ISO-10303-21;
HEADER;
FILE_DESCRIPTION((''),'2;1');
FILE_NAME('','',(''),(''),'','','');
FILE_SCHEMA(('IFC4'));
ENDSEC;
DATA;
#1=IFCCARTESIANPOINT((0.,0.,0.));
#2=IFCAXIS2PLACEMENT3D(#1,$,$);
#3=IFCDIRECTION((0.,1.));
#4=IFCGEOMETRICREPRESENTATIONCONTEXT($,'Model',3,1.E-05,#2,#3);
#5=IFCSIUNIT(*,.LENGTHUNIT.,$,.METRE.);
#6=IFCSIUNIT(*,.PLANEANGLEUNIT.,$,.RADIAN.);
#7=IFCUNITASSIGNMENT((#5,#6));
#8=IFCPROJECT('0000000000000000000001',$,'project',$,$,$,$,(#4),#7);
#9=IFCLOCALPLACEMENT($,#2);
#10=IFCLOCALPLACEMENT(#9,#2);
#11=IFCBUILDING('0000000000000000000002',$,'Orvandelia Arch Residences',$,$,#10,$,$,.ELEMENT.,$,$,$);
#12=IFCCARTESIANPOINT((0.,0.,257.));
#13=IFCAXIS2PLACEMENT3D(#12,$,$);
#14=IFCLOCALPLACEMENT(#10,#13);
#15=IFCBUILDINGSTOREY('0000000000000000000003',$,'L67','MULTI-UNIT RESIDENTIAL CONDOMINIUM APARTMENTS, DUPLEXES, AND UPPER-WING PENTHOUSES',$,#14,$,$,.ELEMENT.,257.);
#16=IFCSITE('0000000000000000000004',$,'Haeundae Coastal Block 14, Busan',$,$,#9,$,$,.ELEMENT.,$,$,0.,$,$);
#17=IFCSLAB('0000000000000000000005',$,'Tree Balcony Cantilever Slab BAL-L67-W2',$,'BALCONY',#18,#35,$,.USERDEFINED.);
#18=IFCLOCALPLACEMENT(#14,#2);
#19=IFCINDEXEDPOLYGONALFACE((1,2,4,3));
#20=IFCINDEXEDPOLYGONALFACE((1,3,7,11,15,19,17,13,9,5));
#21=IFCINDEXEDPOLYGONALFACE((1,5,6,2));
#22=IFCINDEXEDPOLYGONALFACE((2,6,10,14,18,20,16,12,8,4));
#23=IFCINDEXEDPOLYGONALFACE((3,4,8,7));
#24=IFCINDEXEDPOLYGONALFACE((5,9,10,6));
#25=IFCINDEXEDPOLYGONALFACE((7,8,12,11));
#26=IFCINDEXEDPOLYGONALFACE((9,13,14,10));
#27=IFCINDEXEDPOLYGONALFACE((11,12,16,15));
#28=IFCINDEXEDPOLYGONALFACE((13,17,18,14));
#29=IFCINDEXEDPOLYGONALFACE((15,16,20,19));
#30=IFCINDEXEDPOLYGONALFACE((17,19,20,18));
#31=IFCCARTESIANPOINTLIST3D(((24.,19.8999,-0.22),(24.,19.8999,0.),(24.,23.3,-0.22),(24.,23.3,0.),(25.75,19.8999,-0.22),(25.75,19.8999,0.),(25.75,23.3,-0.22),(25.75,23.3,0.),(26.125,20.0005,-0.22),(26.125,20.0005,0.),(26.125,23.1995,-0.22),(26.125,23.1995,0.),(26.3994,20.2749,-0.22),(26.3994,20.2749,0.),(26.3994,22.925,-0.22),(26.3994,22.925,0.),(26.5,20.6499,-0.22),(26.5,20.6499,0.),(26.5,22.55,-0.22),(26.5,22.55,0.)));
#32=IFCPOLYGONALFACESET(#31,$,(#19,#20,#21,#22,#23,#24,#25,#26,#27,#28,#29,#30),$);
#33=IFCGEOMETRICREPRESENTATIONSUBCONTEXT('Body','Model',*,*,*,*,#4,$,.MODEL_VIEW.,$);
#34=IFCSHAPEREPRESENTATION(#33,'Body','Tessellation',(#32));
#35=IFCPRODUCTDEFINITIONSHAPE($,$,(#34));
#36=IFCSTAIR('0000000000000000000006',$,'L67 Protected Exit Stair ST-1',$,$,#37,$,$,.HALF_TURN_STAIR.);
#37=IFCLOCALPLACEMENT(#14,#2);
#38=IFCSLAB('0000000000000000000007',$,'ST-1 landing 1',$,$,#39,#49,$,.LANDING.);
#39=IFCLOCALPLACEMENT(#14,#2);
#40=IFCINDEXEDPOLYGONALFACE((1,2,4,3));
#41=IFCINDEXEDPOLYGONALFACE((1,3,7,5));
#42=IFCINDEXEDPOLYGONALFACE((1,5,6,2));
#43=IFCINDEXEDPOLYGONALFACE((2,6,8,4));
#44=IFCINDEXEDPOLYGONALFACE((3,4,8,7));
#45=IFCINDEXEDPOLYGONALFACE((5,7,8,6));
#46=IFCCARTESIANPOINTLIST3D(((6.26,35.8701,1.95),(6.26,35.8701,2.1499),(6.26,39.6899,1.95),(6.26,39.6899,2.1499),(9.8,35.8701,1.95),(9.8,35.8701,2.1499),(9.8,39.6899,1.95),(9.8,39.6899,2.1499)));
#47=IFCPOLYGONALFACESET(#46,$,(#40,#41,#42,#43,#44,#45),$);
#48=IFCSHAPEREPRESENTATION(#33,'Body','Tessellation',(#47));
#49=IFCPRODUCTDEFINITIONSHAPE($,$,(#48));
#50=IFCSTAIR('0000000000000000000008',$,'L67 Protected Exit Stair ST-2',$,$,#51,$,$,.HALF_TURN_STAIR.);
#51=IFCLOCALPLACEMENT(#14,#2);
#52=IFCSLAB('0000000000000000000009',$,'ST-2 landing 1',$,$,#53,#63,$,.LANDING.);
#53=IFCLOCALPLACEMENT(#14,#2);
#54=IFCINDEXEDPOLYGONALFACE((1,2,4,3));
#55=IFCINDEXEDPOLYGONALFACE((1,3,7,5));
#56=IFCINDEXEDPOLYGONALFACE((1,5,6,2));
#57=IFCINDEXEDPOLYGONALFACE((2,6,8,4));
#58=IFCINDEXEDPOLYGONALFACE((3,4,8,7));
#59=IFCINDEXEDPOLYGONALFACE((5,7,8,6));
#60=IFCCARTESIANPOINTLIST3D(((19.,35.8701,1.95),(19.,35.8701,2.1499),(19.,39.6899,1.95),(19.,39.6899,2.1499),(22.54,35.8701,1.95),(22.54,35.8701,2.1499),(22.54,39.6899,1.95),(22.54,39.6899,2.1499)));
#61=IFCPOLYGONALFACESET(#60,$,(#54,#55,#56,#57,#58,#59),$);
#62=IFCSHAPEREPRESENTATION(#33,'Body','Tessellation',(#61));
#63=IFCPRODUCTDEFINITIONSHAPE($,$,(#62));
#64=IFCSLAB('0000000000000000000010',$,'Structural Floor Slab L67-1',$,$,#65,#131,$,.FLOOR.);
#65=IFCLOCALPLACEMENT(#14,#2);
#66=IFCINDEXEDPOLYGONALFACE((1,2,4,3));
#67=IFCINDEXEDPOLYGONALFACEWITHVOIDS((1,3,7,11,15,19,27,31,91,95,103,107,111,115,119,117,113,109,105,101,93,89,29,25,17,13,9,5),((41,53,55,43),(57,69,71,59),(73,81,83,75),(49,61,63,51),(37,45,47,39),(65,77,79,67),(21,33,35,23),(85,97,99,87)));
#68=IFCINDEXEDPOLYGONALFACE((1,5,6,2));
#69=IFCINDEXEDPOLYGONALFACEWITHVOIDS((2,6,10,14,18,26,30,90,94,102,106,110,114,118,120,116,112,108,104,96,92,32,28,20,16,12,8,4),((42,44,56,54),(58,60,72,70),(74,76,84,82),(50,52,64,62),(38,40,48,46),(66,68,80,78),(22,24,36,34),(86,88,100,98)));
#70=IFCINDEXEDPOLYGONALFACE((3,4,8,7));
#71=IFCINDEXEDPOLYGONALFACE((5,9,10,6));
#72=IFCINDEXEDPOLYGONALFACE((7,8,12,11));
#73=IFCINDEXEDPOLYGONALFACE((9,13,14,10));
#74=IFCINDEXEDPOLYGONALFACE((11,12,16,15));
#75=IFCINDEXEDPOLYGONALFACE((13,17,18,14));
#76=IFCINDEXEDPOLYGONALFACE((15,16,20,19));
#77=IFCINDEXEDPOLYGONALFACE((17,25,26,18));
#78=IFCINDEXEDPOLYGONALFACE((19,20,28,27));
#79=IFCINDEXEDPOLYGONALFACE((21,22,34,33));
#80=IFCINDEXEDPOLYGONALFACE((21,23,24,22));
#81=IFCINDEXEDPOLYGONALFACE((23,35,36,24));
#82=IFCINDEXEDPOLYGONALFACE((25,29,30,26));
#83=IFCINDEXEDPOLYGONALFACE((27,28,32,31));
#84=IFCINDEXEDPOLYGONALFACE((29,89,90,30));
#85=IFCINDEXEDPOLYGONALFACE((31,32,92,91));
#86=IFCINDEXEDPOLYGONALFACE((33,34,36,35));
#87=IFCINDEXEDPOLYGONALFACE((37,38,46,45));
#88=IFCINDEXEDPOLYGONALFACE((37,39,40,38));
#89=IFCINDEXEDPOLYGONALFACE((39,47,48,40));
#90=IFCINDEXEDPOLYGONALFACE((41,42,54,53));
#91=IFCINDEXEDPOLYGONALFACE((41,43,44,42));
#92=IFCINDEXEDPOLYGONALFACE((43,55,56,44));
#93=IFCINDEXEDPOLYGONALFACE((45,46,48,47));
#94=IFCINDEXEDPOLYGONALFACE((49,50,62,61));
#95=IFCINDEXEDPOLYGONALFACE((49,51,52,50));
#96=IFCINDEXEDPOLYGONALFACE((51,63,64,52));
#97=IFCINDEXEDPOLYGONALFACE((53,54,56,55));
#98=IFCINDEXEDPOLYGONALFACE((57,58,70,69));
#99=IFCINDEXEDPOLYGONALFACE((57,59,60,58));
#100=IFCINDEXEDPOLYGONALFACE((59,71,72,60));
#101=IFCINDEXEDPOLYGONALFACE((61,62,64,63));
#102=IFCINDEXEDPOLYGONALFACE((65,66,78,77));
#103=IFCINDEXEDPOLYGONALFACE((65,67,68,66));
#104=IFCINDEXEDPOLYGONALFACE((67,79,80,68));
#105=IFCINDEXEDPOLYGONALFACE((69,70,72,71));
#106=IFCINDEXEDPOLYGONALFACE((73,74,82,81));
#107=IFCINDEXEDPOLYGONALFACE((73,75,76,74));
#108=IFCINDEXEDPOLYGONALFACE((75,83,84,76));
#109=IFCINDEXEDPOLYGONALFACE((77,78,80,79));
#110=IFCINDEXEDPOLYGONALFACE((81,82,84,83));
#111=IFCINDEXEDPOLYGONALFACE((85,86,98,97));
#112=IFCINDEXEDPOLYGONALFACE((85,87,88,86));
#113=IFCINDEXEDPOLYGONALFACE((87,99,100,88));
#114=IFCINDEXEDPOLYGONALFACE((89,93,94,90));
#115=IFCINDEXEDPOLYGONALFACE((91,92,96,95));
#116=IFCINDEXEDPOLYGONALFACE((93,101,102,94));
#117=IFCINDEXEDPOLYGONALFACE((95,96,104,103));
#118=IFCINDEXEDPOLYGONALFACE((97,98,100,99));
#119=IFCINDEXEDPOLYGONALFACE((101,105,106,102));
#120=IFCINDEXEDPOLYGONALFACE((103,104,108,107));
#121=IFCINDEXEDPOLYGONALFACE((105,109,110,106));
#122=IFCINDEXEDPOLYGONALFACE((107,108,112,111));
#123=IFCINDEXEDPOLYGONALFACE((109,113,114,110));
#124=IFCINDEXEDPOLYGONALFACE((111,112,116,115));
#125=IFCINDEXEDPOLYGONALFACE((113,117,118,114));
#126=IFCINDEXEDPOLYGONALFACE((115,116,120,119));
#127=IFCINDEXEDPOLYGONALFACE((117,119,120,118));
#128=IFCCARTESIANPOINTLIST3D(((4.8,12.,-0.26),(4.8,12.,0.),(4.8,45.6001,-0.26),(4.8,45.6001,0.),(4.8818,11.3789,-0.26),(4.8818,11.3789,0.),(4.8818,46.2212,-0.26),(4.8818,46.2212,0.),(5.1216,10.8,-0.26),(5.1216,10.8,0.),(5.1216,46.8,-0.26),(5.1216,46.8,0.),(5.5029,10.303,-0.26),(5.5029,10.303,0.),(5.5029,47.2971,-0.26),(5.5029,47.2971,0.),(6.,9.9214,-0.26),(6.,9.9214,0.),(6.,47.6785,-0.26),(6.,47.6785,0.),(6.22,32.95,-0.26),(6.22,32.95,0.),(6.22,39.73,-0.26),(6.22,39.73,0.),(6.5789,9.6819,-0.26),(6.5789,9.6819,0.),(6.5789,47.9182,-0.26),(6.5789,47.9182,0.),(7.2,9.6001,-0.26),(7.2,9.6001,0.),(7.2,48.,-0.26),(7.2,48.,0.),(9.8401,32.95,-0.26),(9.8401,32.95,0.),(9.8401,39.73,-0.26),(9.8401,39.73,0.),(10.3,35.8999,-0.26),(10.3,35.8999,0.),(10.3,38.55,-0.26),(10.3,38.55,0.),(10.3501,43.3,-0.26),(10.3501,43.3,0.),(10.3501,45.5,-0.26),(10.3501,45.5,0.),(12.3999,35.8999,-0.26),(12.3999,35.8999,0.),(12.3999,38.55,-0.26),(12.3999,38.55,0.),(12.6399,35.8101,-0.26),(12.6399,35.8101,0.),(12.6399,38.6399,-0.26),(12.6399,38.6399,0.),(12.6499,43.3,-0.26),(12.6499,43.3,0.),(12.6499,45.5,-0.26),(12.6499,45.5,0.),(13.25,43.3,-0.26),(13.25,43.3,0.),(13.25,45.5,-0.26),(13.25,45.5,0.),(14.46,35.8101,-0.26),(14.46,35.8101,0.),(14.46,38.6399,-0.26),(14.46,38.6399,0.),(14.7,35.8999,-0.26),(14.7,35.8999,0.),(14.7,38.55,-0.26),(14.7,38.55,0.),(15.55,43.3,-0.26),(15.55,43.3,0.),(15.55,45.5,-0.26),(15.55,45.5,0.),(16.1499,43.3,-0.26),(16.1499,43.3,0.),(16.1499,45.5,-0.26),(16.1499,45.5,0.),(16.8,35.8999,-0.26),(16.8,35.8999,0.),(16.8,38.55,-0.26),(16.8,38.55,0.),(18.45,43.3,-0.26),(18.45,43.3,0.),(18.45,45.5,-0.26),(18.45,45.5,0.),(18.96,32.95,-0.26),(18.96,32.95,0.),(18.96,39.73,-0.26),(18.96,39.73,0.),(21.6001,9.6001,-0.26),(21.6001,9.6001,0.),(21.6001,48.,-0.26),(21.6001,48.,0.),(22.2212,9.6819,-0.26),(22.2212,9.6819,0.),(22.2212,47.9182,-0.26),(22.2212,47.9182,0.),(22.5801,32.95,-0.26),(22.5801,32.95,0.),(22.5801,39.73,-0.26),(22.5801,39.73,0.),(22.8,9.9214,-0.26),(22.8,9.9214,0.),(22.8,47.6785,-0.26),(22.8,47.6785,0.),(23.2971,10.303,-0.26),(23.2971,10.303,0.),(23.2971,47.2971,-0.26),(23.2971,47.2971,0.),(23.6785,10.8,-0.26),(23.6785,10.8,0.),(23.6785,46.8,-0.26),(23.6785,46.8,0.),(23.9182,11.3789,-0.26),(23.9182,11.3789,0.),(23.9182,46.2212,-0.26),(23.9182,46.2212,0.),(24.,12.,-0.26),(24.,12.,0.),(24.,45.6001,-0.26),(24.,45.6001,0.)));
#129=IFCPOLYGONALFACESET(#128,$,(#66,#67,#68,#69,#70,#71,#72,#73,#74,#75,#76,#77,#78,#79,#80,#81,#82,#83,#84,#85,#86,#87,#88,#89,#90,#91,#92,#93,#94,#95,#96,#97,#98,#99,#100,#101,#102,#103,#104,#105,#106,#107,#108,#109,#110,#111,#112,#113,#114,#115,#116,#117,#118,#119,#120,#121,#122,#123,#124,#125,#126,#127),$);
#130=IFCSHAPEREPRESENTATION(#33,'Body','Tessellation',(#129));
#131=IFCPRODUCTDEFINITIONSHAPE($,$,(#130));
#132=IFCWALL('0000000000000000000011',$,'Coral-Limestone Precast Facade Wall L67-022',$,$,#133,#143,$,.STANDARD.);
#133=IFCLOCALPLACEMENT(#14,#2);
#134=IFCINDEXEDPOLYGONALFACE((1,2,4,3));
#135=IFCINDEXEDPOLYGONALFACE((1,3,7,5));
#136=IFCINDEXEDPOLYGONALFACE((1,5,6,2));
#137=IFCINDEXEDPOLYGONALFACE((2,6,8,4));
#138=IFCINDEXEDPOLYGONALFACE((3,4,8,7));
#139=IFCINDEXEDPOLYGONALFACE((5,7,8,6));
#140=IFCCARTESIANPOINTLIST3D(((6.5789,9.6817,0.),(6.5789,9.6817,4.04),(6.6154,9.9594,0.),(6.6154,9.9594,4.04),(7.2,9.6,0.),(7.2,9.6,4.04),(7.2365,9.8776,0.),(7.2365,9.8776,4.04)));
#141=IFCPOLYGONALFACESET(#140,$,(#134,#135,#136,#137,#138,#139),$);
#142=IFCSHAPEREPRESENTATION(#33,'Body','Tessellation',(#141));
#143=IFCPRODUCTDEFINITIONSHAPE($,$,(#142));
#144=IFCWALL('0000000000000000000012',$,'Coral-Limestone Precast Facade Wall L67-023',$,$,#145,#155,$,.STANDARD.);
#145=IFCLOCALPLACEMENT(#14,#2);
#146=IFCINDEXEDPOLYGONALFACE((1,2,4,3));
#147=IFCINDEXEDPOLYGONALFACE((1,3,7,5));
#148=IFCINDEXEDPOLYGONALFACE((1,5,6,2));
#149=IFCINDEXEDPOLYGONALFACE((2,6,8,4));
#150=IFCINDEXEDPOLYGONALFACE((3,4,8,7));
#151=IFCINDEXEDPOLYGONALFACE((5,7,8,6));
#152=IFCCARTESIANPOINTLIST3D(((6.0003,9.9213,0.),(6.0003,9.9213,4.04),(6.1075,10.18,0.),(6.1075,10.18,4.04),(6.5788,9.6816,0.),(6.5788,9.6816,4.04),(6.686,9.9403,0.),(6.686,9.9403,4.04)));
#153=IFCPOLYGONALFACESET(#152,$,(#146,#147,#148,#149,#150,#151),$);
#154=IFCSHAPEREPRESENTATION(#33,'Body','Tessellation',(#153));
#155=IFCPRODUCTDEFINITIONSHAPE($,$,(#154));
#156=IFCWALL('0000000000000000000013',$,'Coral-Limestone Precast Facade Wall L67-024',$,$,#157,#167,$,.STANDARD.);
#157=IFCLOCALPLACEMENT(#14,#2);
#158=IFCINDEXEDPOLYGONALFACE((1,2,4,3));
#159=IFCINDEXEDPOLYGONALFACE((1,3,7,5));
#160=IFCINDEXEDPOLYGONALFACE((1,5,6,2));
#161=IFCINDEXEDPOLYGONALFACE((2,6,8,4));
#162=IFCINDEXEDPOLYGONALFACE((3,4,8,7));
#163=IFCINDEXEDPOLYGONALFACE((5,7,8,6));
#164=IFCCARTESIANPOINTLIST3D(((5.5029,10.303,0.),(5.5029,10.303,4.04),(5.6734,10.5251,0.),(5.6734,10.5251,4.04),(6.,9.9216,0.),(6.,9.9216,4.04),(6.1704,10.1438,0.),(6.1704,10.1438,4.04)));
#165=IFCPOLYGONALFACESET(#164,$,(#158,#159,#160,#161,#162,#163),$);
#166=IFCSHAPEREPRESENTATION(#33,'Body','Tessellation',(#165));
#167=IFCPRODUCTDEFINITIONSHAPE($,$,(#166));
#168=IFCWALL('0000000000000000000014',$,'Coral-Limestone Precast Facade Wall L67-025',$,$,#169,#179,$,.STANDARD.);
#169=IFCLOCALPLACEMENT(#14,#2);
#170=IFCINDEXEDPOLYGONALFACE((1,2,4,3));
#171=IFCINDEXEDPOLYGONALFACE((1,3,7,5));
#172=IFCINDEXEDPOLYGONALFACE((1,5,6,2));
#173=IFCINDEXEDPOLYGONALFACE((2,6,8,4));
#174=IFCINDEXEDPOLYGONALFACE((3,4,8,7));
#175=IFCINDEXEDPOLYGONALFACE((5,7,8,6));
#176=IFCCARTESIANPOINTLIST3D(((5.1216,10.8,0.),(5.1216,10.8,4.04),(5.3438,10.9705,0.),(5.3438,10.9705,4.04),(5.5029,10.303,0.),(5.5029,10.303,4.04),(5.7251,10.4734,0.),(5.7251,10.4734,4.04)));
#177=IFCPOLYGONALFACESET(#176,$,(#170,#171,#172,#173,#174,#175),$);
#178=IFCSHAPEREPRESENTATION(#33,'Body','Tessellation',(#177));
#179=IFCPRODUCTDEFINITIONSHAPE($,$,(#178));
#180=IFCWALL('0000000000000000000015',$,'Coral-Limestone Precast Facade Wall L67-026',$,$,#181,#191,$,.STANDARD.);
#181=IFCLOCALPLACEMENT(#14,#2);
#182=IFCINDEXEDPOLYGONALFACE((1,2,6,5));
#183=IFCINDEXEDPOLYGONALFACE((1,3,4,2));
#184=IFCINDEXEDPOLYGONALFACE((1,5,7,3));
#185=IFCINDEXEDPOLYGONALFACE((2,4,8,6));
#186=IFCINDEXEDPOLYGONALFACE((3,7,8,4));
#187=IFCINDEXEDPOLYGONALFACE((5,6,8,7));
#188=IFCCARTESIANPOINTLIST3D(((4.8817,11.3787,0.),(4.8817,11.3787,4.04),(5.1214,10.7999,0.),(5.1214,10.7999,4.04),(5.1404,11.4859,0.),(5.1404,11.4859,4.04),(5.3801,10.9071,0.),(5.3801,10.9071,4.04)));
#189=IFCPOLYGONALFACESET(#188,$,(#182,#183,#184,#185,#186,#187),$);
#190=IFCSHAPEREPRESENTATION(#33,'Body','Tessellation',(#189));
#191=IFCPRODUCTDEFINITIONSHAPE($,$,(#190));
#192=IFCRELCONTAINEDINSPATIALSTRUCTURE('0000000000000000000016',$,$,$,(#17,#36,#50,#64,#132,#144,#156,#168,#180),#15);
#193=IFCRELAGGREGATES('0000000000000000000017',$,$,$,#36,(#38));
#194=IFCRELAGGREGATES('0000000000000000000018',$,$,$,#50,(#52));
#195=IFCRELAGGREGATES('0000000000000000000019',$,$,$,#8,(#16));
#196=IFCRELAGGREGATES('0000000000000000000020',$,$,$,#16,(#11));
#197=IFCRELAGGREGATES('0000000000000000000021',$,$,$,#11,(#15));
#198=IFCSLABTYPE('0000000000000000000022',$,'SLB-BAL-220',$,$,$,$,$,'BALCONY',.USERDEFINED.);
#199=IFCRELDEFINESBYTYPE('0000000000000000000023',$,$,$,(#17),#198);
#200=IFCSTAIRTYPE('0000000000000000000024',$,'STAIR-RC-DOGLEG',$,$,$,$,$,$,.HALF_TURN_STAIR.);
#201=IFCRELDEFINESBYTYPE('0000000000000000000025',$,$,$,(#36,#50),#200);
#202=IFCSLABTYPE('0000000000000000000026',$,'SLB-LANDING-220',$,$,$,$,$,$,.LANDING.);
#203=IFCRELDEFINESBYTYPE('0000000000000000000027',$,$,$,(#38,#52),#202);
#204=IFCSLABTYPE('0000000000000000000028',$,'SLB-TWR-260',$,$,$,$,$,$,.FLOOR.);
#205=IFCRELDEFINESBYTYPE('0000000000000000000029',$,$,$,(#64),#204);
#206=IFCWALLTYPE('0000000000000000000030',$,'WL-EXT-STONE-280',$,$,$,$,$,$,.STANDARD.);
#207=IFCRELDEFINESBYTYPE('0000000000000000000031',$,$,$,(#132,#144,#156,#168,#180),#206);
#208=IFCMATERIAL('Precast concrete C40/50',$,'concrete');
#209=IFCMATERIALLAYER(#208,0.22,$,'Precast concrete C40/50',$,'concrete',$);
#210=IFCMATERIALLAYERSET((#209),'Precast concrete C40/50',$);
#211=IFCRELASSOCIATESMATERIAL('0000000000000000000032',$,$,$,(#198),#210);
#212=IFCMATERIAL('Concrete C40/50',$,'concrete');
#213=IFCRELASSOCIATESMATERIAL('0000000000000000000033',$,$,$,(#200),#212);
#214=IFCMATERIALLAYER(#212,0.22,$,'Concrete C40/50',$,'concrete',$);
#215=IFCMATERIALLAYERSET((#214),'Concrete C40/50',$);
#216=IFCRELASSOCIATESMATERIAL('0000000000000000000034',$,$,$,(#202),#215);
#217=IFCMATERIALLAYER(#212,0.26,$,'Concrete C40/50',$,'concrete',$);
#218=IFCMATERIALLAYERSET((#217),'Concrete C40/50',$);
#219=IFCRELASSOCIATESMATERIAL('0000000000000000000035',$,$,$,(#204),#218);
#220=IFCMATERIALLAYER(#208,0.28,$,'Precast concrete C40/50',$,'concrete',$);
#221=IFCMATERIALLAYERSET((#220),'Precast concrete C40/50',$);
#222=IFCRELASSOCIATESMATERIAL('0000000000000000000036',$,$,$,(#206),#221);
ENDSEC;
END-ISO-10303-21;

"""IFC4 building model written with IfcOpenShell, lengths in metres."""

from ifc_helpers import new_model, si_unit, direction, frame, frame_2d, origin, place, context, subcontext, project, spatial, polyline, rectangle, outline, extrude, material, layer, layer_set, type_object, element, aggregate, save


model = new_model("IFC4")

# Units and contexts
model_context = context("Model", 3, precision=1e-05, world=origin(), true_north=direction((0.0, 1.0)))
body_context = subcontext(model_context, "Body", "Model", "MODEL_VIEW")
ifc_project = project(units=[si_unit("LENGTHUNIT", "METRE"), si_unit("PLANEANGLEUNIT", "RADIAN")], contexts=[model_context])

# Site, building, storey
site_placement = place(None, origin())
site = spatial("IfcSite", under=ifc_project, at=site_placement, Name="Haeundae Coastal Block 14, Busan", CompositionType="ELEMENT", RefElevation=0.0)
building_placement = place(site_placement, origin())
building = spatial("IfcBuilding", under=site, at=building_placement, Name="Orvandelia Arch Residences", CompositionType="ELEMENT")
storey_placement = place(building_placement, frame((0.0, 0.0, 257.0)))
storey = spatial("IfcBuildingStorey", under=building, at=storey_placement, Name="L67", Description="MULTI-UNIT RESIDENTIAL CONDOMINIUM APARTMENTS, DUPLEXES, AND UPPER-WING PENTHOUSES", CompositionType="ELEMENT", Elevation=257.0)

# Slab
ifc_material_1 = material(Name="Precast concrete C40/50", Category="concrete")
ifc_layer_1 = layer(ifc_material_1, 0.22, Name="Precast concrete C40/50", Category="concrete")
ifc_layer_set_1 = layer_set([ifc_layer_1], Name="Precast concrete C40/50")
slab_type_1 = type_object("IfcSlabType", Name="SLB-BAL-220", ElementType="BALCONY", PredefinedType="USERDEFINED", material=ifc_layer_set_1)
slab_1_placement = place(storey_placement, frame((0.0, 0.0, -0.22)))
element("IfcSlab", 1, at=slab_1_placement, inside=storey, type_object=slab_type_1, Name="Tree Balcony Cantilever Slab BAL-L67-W2", ObjectType="BALCONY", PredefinedType="USERDEFINED", context=body_context, shape_type="SweptSolid", body=[
    extrude(outline(polyline([(24.0, 23.3), (24.0, 19.8999), (25.75, 19.8999), (26.125, 20.0005), (26.3994, 20.2749), (26.5, 20.6499), (26.5, 22.55), (26.3994, 22.925), (26.125, 23.1995), (25.75, 23.3), (24.0, 23.3)])), origin(), (0.0, 0.0, 1.0), 0.22),
])

# Stairs, slabs
ifc_material_2 = material(Name="Concrete C40/50", Category="concrete")
stair_type = type_object("IfcStairType", Name="STAIR-RC-DOGLEG", PredefinedType="HALF_TURN_STAIR", material=ifc_material_2)
stair_1_placement = place(storey_placement, origin())
stair_1 = element("IfcStair", 2, at=stair_1_placement, inside=storey, type_object=stair_type, Name="L67 Protected Exit Stair ST-1", PredefinedType="HALF_TURN_STAIR")
ifc_layer_2 = layer(ifc_material_2, 0.22, Name="Concrete C40/50", Category="concrete")
ifc_layer_set_2 = layer_set([ifc_layer_2], Name="Concrete C40/50")
slab_type_2 = type_object("IfcSlabType", Name="SLB-LANDING-220", PredefinedType="LANDING", material=ifc_layer_set_2)
slab_2_placement = place(storey_placement, frame((0.0, 0.0, 1.95)))
slab_2 = element("IfcSlab", 3, at=slab_2_placement, type_object=slab_type_2, Name="ST-1 landing 1", PredefinedType="LANDING", context=body_context, shape_type="SweptSolid", body=[
    extrude(outline(polyline([(9.8, 35.8701), (9.8, 39.6899), (6.26, 39.6899), (6.26, 35.8701), (9.8, 35.8701)])), origin(), (0.0, 0.0, 1.0), 0.2),
])
aggregate(stair_1, [slab_2])
stair_2_placement = place(storey_placement, origin())
stair_2 = element("IfcStair", 4, at=stair_2_placement, inside=storey, type_object=stair_type, Name="L67 Protected Exit Stair ST-2", PredefinedType="HALF_TURN_STAIR")
slab_3_placement = place(storey_placement, frame((0.0, 0.0, 1.95)))
slab_3 = element("IfcSlab", 5, at=slab_3_placement, type_object=slab_type_2, Name="ST-2 landing 1", PredefinedType="LANDING", context=body_context, shape_type="SweptSolid", body=[
    extrude(outline(polyline([(22.54, 35.8701), (22.54, 39.6899), (19.0, 39.6899), (19.0, 35.8701), (22.54, 35.8701)])), origin(), (0.0, 0.0, 1.0), 0.2),
])
aggregate(stair_2, [slab_3])

# Slab
ifc_layer_3 = layer(ifc_material_2, 0.26, Name="Concrete C40/50", Category="concrete")
ifc_layer_set_3 = layer_set([ifc_layer_3], Name="Concrete C40/50")
slab_type_3 = type_object("IfcSlabType", Name="SLB-TWR-260", PredefinedType="FLOOR", material=ifc_layer_set_3)
slab_4_placement = place(storey_placement, frame((0.0, 0.0, -0.26)))
element("IfcSlab", 6, at=slab_4_placement, inside=storey, type_object=slab_type_3, Name="Structural Floor Slab L67-1", PredefinedType="FLOOR", context=body_context, shape_type="SweptSolid", body=[
    extrude(outline(polyline([(4.8, 12.0), (4.8818, 11.3789), (5.1216, 10.8), (5.5029, 10.303), (6.0, 9.9214), (6.5789, 9.6819), (7.2, 9.6001), (21.6001, 9.6001), (22.2212, 9.6819), (22.8, 9.9214), (23.2971, 10.303), (23.6785, 10.8), (23.9182, 11.3789), (24.0, 12.0), (24.0, 45.6001), (23.9182, 46.2212), (23.6785, 46.8), (23.2971, 47.2971), (22.8, 47.6785), (22.2212, 47.9182), (21.6001, 48.0), (7.2, 48.0), (6.5789, 47.9182), (6.0, 47.6785), (5.5029, 47.2971), (5.1216, 46.8), (4.8818, 46.2212), (4.8, 45.6001), (4.8, 12.0)]), holes=[polyline([(6.22, 32.95), (9.8401, 32.95), (9.8401, 39.73), (6.22, 39.73), (6.22, 32.95)]), polyline([(18.96, 32.95), (22.5801, 32.95), (22.5801, 39.73), (18.96, 39.73), (18.96, 32.95)]), polyline([(12.6399, 35.8101), (14.46, 35.8101), (14.46, 38.6399), (12.6399, 38.6399), (12.6399, 35.8101)]), polyline([(10.3, 35.8999), (12.3999, 35.8999), (12.3999, 38.55), (10.3, 38.55), (10.3, 35.8999)]), polyline([(14.7, 35.8999), (16.8, 35.8999), (16.8, 38.55), (14.7, 38.55), (14.7, 35.8999)]), polyline([(10.3501, 43.3), (12.6499, 43.3), (12.6499, 45.5), (10.3501, 45.5), (10.3501, 43.3)]), polyline([(13.25, 43.3), (15.55, 43.3), (15.55, 45.5), (13.25, 45.5), (13.25, 43.3)]), polyline([(16.1499, 43.3), (18.45, 43.3), (18.45, 45.5), (16.1499, 45.5), (16.1499, 43.3)])]), origin(), (0.0, 0.0, 1.0), 0.26),
])

# Walls
ifc_layer_4 = layer(ifc_material_1, 0.28, Name="Precast concrete C40/50", Category="concrete")
ifc_layer_set_4 = layer_set([ifc_layer_4], Name="Precast concrete C40/50")
wall_type_1 = type_object("IfcWallType", Name="WL-EXT-STONE-280", PredefinedType="STANDARD", material=ifc_layer_set_4)
wall_1_placement = place(storey_placement, frame((7.2183, 9.7388, 0.0), z_axis=(0.0, 0.0, 1.0), x_axis=(-0.991441, 0.130555, 0.0)))
element("IfcWall", 7, at=wall_1_placement, inside=storey, type_object=wall_type_1, Name="Coral-Limestone Precast Facade Wall L67-022", PredefinedType="STANDARD", context=body_context, shape_type="SweptSolid", body=[
    extrude(rectangle(XDim=0.6265, YDim=0.28, at=frame_2d((0.3132, 0.0))), origin(), (0.0, 0.0, 1.0), 4.04),
])
wall_2_placement = place(storey_placement, frame((6.6323, 9.811, 0.0), z_axis=(0.0, 0.0, 1.0), x_axis=(-0.923836, 0.382788, 0.0)))
element("IfcWall", 8, at=wall_2_placement, inside=storey, type_object=wall_type_1, Name="Coral-Limestone Precast Facade Wall L67-023", PredefinedType="STANDARD", context=body_context, shape_type="SweptSolid", body=[
    extrude(rectangle(XDim=0.6262, YDim=0.28, at=frame_2d((0.313, 0.0))), origin(), (0.0, 0.0, 1.0), 4.04),
])
for number, where, z_axis, x_axis, name in (
    (9, (6.0852, 10.0327, 0.0), (0.0, 0.0, 1.0), (-0.793406, 0.608693, 0.0), "Coral-Limestone Precast Facade Wall L67-024"),
    (10, (5.614, 10.3882, 0.0), (0.0, 0.0, 1.0), (-0.608693, 0.793406, 0.0), "Coral-Limestone Precast Facade Wall L67-025"),
    (11, (5.2507, 10.8535, 0.0), (0.0, 0.0, 1.0), (-0.38265, 0.923893, 0.0), "Coral-Limestone Precast Facade Wall L67-026"),
):
    element("IfcWall", number, at=place(storey_placement, frame(where, z_axis=z_axis, x_axis=x_axis)), inside=storey, type_object=wall_type_1, Name=name, PredefinedType="STANDARD", context=body_context, shape_type="SweptSolid", body=[
        extrude(rectangle(XDim=0.6265, YDim=0.28, at=frame_2d((0.3132, 0.0))), origin(), (0.0, 0.0, 1.0), 4.04),
    ])

save(model, "model.ifc")
